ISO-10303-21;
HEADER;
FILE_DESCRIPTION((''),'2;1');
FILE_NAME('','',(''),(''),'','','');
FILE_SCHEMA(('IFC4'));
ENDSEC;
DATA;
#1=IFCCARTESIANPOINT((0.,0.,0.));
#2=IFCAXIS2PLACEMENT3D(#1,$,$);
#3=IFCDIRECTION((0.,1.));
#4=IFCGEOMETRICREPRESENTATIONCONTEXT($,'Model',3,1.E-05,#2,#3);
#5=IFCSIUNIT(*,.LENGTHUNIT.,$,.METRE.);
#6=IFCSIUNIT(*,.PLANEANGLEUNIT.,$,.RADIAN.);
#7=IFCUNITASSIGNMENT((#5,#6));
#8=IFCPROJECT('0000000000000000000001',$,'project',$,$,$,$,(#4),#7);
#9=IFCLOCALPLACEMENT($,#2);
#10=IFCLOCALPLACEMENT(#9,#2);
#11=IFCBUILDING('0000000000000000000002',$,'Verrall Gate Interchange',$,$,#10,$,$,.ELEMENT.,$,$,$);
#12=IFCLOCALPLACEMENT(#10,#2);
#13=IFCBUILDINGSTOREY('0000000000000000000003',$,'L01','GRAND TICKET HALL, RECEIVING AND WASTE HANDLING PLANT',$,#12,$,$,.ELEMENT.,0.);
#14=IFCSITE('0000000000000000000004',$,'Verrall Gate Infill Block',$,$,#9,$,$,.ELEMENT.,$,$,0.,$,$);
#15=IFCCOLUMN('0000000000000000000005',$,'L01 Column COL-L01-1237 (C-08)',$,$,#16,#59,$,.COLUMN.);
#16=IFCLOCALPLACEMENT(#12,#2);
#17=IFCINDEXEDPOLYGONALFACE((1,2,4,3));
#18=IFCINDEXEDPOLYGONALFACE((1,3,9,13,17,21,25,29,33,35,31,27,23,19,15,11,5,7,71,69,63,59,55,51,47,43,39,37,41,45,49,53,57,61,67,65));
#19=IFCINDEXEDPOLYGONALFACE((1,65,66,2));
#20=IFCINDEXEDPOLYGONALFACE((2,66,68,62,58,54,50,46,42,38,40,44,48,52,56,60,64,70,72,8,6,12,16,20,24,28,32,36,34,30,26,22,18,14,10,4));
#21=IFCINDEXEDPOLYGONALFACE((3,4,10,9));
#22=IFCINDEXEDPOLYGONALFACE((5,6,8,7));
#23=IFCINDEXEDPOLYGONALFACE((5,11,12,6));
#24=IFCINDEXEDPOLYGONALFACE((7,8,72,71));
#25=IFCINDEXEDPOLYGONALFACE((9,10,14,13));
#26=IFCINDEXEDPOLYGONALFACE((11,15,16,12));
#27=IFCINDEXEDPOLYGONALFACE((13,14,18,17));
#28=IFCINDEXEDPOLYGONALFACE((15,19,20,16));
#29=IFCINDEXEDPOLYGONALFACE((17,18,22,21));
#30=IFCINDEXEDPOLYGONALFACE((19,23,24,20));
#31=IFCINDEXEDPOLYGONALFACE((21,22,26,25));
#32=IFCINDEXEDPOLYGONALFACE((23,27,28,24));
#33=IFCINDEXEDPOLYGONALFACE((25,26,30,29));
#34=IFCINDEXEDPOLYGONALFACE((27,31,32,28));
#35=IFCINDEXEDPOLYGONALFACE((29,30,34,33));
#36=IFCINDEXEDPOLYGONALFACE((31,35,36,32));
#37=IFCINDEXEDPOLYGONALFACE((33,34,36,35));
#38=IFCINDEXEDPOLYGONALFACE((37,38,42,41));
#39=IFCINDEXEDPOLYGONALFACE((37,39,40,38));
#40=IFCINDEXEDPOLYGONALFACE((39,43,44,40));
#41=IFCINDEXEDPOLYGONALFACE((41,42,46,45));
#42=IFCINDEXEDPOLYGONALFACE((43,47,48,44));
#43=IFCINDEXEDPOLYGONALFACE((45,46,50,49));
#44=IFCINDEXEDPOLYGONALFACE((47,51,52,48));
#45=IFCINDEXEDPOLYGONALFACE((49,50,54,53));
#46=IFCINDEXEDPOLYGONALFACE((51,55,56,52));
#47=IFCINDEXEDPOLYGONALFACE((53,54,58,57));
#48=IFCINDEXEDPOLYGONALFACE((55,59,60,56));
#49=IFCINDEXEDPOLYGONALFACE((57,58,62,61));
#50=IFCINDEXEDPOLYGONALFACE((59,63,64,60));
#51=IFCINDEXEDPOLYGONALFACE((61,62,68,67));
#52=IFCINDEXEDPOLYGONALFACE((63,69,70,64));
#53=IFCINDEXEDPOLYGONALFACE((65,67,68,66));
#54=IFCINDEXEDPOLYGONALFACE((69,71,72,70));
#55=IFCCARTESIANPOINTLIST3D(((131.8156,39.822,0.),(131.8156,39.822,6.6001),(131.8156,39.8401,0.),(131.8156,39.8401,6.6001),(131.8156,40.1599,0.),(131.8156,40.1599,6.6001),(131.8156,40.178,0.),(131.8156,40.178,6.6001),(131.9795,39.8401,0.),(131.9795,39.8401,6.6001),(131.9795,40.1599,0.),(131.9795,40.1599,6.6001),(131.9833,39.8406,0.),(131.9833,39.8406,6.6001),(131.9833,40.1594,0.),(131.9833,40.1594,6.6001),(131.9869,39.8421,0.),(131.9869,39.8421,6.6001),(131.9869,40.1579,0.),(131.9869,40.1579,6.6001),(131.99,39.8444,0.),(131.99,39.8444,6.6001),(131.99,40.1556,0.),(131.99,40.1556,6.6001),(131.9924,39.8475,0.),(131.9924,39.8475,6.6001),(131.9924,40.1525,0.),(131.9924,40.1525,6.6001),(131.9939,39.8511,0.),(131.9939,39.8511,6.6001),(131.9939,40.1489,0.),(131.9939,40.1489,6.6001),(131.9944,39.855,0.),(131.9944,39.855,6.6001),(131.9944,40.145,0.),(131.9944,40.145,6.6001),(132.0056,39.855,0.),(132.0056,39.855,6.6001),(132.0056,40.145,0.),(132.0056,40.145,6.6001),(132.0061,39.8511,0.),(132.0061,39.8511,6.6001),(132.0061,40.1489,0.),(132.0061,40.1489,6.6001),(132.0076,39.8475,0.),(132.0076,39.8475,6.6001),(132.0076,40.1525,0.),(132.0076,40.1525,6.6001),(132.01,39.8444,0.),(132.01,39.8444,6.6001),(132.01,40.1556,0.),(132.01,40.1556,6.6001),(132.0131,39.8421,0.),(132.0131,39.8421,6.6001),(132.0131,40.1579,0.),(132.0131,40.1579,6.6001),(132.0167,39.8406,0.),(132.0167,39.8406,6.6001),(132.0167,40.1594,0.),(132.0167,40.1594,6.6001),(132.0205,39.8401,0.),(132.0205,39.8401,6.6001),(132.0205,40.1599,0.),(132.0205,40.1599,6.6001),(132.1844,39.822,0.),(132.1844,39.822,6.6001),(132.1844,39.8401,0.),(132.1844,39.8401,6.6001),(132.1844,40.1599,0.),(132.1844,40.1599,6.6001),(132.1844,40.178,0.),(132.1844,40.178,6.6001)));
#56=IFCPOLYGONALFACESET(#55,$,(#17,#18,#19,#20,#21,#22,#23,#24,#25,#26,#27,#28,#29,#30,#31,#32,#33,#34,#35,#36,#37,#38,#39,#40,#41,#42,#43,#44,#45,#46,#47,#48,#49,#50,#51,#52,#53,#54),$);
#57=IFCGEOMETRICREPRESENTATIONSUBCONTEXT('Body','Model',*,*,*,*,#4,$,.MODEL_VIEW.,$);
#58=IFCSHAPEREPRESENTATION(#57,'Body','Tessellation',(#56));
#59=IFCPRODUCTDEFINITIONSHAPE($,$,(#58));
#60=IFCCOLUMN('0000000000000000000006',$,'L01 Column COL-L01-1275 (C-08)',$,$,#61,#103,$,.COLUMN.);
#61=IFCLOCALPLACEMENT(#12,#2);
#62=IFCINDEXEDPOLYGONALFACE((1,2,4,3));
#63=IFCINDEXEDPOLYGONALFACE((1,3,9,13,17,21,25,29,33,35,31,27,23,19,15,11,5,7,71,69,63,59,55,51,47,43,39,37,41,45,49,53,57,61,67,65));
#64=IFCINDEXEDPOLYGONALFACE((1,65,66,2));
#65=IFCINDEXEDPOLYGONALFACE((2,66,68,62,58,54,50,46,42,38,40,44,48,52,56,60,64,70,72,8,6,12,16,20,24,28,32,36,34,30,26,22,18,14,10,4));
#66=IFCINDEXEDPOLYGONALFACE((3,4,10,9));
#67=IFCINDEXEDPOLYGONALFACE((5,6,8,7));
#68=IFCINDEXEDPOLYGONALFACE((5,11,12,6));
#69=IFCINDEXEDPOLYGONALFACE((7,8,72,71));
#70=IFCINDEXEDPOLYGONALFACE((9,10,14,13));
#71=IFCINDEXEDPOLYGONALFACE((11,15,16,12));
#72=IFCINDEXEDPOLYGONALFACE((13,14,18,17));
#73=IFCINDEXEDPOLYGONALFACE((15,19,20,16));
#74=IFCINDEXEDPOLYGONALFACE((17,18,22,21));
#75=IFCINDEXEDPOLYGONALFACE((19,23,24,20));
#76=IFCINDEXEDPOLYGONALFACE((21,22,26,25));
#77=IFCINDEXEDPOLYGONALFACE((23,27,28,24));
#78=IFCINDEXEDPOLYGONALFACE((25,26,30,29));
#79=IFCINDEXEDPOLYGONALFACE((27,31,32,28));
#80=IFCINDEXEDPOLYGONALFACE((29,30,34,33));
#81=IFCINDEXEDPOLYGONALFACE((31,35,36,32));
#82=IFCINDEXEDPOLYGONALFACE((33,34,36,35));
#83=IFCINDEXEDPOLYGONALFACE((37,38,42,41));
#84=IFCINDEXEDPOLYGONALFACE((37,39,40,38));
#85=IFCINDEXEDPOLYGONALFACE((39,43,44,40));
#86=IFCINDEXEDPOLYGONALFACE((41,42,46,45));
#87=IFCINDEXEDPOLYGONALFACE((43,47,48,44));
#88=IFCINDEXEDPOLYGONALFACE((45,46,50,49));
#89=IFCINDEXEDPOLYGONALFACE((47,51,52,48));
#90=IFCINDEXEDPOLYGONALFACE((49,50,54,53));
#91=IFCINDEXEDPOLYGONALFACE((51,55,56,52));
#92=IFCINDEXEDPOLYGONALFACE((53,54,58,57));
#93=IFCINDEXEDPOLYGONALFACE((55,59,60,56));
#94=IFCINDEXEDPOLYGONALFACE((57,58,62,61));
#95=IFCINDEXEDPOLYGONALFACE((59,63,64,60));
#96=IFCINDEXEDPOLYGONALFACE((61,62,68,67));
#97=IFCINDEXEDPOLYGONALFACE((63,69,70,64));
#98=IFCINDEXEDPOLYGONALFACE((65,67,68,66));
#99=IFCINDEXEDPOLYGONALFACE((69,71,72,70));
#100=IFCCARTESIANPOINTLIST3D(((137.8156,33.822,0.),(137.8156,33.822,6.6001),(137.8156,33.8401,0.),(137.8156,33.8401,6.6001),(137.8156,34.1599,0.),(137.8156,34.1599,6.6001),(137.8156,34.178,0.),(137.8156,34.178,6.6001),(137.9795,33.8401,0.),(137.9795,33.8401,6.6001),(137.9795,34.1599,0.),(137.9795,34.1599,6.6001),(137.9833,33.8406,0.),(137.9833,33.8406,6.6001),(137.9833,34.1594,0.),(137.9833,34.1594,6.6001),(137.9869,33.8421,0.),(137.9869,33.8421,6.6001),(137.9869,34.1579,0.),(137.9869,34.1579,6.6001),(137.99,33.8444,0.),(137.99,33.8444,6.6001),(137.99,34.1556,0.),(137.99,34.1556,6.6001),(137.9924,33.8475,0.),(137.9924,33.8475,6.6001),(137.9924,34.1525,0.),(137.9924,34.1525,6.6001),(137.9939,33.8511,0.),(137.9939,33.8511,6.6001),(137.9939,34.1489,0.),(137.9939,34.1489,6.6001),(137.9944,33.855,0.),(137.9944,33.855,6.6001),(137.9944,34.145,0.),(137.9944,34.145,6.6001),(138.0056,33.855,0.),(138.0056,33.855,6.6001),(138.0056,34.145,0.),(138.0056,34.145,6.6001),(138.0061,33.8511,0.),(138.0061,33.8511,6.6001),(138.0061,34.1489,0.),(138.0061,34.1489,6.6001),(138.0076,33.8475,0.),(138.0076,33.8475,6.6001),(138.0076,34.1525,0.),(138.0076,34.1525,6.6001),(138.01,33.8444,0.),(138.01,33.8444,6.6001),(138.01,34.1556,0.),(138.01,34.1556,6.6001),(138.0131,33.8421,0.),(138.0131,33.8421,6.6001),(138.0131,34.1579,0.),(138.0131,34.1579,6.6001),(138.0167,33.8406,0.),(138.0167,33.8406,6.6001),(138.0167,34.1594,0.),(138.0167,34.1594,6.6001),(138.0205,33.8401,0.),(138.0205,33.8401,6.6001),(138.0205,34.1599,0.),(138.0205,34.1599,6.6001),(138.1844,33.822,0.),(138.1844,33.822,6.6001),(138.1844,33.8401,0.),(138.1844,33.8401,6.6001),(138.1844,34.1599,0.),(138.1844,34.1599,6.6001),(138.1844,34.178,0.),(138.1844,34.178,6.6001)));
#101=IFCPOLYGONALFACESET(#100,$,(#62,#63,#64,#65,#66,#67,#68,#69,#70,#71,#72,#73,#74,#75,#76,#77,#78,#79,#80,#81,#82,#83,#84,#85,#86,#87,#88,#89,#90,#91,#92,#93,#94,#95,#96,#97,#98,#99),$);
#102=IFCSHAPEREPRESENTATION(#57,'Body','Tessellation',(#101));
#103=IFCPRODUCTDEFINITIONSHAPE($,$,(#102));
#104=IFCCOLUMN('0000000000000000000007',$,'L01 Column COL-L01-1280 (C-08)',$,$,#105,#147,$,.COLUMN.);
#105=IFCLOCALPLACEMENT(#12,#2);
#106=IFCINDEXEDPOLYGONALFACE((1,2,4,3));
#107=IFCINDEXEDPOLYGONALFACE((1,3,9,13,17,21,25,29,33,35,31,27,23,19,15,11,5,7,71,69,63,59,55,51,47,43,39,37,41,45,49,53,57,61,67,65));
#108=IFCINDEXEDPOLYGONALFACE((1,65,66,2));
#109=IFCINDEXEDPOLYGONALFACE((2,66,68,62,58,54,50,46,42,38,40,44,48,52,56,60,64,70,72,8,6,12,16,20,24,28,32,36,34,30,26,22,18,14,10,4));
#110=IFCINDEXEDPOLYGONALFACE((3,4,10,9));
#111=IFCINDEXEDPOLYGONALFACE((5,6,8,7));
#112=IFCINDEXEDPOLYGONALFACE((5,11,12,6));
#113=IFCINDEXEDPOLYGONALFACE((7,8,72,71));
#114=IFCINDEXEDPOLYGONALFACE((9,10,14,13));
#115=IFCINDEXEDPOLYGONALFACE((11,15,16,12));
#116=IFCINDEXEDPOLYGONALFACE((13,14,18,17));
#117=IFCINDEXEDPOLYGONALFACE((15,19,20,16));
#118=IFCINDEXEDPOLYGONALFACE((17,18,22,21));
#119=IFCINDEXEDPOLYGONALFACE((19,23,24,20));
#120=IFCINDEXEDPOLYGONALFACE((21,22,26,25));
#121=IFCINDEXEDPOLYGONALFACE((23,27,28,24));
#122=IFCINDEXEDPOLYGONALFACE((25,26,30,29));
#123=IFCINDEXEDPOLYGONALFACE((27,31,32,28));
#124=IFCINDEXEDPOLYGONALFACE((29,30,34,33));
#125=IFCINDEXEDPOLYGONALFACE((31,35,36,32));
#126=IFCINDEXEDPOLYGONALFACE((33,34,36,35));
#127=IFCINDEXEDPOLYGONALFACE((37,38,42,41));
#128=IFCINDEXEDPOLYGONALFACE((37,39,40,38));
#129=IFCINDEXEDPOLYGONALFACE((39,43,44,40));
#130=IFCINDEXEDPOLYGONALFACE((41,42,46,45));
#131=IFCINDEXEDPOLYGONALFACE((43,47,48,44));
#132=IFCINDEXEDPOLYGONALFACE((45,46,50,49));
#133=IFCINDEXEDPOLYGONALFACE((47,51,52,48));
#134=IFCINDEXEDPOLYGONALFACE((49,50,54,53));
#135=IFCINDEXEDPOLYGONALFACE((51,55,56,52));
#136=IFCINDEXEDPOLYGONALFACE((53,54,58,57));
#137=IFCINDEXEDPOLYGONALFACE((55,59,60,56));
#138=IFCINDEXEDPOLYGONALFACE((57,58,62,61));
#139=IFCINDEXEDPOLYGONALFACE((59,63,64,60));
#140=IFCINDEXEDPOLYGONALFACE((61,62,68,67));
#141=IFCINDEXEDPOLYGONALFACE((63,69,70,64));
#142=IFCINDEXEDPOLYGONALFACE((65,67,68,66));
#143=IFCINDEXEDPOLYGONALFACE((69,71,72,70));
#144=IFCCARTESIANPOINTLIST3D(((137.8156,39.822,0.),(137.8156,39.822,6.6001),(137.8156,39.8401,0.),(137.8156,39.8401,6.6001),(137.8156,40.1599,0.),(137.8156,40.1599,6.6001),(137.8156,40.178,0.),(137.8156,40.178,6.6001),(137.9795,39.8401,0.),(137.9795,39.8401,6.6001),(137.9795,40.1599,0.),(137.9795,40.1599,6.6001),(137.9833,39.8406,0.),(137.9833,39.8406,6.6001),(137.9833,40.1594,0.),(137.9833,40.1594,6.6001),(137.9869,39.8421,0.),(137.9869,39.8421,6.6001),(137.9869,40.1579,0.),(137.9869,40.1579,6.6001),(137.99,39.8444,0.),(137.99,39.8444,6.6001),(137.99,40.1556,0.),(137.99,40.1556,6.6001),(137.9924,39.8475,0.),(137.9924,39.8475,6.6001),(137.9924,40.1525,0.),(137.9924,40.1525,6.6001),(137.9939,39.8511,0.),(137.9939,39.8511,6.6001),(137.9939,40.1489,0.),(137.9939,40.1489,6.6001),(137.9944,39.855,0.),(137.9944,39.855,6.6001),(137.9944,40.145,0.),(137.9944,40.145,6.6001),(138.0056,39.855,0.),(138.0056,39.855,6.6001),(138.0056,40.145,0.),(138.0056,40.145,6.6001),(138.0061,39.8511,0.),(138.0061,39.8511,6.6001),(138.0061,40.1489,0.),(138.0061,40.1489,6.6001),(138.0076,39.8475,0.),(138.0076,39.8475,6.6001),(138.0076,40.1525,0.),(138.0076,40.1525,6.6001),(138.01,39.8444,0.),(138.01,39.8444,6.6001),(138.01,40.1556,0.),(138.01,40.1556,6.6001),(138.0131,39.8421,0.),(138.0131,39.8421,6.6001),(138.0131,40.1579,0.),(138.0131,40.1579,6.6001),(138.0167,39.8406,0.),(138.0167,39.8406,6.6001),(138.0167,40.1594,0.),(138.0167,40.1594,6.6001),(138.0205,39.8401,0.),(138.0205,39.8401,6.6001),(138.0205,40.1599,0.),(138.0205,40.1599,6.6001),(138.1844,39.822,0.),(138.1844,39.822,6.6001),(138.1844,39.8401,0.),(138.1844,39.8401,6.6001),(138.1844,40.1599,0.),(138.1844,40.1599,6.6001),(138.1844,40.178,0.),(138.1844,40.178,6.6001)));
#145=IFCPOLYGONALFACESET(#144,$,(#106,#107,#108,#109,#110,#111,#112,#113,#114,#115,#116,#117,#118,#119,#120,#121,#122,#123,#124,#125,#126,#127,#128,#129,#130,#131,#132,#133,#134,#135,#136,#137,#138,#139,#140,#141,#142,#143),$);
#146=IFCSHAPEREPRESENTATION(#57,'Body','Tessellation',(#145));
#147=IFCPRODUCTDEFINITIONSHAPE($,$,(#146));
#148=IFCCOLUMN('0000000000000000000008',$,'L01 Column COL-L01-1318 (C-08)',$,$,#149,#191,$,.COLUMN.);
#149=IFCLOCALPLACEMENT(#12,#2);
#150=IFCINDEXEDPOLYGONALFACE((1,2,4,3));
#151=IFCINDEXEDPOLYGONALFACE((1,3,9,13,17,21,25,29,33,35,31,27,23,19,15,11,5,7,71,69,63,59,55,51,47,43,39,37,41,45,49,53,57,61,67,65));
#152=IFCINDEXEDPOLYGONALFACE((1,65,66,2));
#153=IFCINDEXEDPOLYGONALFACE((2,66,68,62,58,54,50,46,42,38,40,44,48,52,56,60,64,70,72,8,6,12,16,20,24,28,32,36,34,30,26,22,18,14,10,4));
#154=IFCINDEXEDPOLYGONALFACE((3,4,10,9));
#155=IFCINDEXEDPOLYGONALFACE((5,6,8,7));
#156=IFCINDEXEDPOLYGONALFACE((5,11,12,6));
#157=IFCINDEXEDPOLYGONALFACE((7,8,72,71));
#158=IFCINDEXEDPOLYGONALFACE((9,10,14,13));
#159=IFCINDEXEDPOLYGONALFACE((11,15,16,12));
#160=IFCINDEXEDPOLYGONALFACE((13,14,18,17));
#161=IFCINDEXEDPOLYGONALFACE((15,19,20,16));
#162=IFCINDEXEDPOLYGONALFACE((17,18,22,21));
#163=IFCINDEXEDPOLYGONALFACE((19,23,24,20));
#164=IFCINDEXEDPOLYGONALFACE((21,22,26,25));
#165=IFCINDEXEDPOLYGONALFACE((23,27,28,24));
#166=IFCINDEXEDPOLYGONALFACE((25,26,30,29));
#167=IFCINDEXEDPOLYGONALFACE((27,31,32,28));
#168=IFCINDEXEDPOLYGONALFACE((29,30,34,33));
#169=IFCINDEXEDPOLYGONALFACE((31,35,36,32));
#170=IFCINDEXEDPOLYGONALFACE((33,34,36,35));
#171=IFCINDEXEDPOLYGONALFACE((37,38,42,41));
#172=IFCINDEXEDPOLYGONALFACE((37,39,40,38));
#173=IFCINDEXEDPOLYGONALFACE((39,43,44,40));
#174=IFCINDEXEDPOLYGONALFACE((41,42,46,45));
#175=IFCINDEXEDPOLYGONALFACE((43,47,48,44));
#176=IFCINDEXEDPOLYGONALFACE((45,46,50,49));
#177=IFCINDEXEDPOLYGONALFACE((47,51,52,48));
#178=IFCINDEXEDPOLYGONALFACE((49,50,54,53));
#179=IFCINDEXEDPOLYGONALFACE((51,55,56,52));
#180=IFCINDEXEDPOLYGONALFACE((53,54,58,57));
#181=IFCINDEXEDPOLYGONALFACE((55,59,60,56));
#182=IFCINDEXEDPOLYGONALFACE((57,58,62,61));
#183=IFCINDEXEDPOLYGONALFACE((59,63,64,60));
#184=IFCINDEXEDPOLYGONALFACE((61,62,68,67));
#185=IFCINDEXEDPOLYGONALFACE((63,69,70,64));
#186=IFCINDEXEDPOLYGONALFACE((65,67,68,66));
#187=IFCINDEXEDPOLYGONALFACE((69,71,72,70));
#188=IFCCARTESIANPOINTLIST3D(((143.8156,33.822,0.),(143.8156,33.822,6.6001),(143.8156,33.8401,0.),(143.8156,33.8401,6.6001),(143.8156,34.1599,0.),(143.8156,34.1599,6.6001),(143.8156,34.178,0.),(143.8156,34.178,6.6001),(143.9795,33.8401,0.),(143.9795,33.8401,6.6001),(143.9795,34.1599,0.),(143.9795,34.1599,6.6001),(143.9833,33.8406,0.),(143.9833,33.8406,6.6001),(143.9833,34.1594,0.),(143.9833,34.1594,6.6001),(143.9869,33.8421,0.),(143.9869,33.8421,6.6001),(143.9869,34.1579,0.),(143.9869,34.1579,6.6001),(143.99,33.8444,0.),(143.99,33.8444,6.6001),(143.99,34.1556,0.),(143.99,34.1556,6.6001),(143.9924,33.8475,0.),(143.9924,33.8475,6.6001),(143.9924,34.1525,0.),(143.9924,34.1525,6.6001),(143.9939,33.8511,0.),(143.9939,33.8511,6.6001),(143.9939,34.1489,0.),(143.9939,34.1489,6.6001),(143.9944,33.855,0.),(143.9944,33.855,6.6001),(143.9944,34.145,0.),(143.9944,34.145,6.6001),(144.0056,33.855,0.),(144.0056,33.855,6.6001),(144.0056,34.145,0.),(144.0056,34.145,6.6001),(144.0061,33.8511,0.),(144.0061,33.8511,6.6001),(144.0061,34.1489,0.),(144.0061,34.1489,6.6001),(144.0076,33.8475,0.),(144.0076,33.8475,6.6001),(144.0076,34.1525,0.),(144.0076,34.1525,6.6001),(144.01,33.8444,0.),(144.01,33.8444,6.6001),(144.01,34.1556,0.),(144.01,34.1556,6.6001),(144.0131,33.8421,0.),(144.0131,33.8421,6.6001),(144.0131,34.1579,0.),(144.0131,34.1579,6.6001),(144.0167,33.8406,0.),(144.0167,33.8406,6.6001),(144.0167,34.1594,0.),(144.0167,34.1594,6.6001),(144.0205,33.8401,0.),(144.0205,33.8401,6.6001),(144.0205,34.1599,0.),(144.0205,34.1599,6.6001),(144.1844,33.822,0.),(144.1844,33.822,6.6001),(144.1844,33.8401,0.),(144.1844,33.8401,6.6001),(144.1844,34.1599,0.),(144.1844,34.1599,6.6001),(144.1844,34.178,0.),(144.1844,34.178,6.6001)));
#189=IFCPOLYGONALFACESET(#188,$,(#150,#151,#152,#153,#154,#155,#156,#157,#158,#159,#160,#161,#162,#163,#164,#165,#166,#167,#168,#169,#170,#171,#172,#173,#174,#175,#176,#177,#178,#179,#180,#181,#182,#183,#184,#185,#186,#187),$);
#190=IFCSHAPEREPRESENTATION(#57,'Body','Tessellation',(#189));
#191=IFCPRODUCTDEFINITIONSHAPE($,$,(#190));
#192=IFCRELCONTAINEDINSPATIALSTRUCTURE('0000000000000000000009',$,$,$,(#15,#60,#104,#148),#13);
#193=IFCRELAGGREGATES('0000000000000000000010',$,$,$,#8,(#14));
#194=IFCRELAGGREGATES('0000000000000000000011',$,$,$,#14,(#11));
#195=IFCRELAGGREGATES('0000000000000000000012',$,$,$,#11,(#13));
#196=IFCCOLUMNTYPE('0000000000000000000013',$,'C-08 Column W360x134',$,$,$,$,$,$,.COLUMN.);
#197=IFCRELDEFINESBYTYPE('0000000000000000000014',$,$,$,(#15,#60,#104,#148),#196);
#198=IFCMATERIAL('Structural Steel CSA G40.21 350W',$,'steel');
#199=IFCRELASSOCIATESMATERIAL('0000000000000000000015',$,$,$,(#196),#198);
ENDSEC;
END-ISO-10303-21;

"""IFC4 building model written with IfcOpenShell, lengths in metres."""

from ifc_helpers import new_model, si_unit, direction, frame, origin, origin_2d, place, context, subcontext, project, spatial, i_section, extrude, material, material_profile, profile_set, type_object, element, save


model = new_model("IFC4")

# Units and contexts
model_context = context("Model", 3, precision=1e-05, world=origin(), true_north=direction((0.0, 1.0)))
body_context = subcontext(model_context, "Body", "Model", "MODEL_VIEW")
ifc_project = project(units=[si_unit("LENGTHUNIT", "METRE"), si_unit("PLANEANGLEUNIT", "RADIAN")], contexts=[model_context])

# Site, building, storey
site_placement = place(None, origin())
site = spatial("IfcSite", under=ifc_project, at=site_placement, Name="Verrall Gate Infill Block", CompositionType="ELEMENT", RefElevation=0.0)
building_placement = place(site_placement, origin())
building = spatial("IfcBuilding", under=site, at=building_placement, Name="Verrall Gate Interchange", CompositionType="ELEMENT")
storey_placement = place(building_placement, origin())
storey = spatial("IfcBuildingStorey", under=building, at=storey_placement, Name="L01", Description="GRAND TICKET HALL, RECEIVING AND WASTE HANDLING PLANT", CompositionType="ELEMENT", Elevation=0.0)

# Columns
ifc_material_1 = material(Name="Structural Steel CSA G40.21 350W", Category="steel")
ifc_material_profile_1 = material_profile(ifc_material_1, i_section(OverallWidth=0.3689, OverallDepth=0.356, WebThickness=0.0112, FlangeThickness=0.0181, FilletRadius=0.0149, at=origin_2d()), Name="W360x134")
ifc_profile_set_1 = profile_set([ifc_material_profile_1], Name="Structural Steel CSA G40.21 350W")
column_type = type_object("IfcColumnType", Name="C-08 Column W360x134", PredefinedType="COLUMN", material=ifc_profile_set_1)
for number, where, z_axis, x_axis, name in (
    (1, (132.0, 40.0, 0.0), (0.0, 0.0, 1.0), (1.0, 0.0, 0.0), "L01 Column COL-L01-1237 (C-08)"),
    (2, (138.0, 34.0, 0.0), (0.0, 0.0, 1.0), (1.0, 0.0, 0.0), "L01 Column COL-L01-1275 (C-08)"),
    (3, (138.0, 40.0, 0.0), (0.0, 0.0, 1.0), (1.0, 0.0, 0.0), "L01 Column COL-L01-1280 (C-08)"),
    (4, (144.0, 34.0, 0.0), (0.0, 0.0, 1.0), (1.0, 0.0, 0.0), "L01 Column COL-L01-1318 (C-08)"),
):
    element("IfcColumn", number, at=place(storey_placement, frame(where, z_axis=z_axis, x_axis=x_axis)), inside=storey, type_object=column_type, Name=name, PredefinedType="COLUMN", context=body_context, shape_type="SweptSolid", body=[
        extrude(i_section(OverallWidth=0.3689, OverallDepth=0.356, WebThickness=0.0112, FlangeThickness=0.0181, FilletRadius=0.0149, at=origin_2d()), origin(), (0.0, 0.0, 1.0), 6.6001),
    ])

save(model, "model.ifc")
